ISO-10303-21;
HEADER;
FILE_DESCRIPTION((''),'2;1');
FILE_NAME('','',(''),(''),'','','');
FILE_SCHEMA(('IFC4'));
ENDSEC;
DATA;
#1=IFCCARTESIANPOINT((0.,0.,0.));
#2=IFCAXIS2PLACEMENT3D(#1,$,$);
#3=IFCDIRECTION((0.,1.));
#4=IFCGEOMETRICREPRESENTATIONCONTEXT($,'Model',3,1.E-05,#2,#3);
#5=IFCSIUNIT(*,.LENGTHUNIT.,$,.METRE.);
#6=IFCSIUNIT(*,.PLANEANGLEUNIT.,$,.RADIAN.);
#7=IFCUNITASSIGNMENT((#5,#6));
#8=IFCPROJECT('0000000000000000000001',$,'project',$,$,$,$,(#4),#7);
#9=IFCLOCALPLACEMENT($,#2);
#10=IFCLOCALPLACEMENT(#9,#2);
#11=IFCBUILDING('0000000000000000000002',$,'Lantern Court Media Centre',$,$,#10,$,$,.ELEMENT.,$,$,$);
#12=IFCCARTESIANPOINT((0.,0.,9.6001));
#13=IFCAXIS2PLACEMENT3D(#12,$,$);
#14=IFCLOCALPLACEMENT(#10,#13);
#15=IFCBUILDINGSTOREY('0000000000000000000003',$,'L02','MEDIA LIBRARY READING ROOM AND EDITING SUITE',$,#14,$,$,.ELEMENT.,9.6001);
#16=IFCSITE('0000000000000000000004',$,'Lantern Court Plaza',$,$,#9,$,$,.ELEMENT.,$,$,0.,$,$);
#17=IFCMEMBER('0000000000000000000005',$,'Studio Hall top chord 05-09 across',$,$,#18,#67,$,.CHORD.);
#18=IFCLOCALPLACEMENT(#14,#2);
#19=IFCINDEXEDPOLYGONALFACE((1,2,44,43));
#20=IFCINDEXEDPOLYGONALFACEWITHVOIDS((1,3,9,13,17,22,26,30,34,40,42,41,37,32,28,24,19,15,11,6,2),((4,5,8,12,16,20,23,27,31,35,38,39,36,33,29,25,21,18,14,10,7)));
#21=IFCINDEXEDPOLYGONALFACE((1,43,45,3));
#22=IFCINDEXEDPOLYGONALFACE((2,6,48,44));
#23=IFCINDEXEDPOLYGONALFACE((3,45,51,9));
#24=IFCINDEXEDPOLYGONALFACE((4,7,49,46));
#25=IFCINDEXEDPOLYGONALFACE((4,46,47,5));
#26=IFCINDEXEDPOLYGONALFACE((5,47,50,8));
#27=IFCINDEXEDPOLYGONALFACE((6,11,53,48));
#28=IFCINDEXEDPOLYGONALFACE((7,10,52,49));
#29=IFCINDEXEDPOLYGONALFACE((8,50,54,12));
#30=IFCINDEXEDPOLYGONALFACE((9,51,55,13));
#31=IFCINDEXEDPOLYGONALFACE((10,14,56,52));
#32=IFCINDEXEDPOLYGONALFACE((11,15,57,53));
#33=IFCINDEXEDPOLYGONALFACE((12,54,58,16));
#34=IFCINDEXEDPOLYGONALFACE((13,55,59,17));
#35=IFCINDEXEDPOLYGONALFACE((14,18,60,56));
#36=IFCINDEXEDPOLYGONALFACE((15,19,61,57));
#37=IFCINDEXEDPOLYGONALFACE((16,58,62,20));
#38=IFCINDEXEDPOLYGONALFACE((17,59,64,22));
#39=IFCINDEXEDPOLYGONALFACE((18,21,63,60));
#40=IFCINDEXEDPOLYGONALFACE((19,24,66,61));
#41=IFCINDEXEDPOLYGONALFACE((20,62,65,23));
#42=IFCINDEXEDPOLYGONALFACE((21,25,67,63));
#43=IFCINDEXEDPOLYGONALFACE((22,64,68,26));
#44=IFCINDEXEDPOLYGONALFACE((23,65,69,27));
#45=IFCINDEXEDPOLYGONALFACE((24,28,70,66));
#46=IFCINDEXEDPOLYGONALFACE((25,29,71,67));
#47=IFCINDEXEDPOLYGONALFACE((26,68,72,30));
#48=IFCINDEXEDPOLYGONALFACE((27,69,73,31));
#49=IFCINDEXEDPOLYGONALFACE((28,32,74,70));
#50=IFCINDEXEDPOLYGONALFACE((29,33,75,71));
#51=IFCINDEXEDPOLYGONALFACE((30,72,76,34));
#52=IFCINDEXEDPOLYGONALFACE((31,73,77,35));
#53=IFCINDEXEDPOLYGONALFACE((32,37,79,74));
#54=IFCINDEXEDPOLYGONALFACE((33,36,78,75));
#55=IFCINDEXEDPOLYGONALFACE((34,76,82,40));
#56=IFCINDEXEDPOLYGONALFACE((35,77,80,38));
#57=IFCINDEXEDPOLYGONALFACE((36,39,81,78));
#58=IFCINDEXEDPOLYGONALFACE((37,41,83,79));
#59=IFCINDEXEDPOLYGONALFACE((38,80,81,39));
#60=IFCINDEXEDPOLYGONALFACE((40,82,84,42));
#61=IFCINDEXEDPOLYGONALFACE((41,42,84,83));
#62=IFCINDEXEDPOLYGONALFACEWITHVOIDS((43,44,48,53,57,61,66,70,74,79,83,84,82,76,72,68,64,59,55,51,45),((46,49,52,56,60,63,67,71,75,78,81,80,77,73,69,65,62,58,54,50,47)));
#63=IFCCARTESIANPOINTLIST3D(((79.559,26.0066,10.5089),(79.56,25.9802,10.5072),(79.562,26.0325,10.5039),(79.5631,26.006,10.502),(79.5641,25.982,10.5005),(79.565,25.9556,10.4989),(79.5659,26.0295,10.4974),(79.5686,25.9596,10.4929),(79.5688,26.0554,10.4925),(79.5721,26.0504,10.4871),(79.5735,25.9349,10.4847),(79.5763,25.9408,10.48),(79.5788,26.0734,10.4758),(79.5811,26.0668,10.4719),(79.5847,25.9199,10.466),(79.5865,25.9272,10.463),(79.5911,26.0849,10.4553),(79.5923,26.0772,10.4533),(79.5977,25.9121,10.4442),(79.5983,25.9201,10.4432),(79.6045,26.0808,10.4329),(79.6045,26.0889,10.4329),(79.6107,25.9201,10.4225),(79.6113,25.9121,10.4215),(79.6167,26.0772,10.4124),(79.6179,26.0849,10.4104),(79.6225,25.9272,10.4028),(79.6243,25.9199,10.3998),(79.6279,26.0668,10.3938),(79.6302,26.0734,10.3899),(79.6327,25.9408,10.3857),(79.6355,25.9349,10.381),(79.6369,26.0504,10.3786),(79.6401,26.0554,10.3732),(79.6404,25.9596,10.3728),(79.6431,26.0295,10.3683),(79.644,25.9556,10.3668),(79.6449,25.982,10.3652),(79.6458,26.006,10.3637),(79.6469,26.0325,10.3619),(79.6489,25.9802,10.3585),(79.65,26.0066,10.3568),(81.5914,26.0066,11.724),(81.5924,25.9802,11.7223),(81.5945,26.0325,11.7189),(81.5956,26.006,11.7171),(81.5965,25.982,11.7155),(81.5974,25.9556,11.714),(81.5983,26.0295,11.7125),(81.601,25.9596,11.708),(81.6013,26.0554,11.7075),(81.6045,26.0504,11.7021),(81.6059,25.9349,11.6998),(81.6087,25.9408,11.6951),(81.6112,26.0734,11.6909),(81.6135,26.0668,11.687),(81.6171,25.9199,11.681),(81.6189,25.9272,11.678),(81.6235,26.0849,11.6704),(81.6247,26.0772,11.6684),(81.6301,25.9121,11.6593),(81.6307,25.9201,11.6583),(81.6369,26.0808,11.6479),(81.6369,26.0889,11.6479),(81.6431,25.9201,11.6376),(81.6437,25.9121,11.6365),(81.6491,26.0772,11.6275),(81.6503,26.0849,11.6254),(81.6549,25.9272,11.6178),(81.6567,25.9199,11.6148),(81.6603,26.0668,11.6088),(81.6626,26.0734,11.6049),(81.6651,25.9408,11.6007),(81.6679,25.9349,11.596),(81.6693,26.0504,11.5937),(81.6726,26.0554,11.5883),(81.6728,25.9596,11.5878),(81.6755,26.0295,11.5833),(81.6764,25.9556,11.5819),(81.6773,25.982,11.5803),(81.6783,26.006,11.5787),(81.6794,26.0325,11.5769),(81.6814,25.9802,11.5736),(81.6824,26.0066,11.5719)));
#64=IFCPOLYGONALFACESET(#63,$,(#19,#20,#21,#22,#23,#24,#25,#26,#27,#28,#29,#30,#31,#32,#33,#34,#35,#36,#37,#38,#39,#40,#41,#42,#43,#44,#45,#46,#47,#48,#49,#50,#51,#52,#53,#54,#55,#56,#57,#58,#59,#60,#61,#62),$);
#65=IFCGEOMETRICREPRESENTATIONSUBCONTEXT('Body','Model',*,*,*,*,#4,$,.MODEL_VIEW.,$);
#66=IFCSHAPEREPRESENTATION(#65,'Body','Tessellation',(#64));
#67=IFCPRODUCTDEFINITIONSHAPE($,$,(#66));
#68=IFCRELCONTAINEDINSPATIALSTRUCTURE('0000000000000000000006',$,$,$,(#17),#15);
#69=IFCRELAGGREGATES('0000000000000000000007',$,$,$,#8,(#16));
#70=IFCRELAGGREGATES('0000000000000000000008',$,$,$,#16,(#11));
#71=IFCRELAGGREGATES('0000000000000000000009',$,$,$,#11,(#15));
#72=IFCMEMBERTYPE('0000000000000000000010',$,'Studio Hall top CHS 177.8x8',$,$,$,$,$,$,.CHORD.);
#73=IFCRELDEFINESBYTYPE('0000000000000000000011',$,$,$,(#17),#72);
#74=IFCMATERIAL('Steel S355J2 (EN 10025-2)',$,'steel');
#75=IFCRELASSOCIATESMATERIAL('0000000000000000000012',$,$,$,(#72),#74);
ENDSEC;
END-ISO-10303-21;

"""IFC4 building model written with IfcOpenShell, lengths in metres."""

from ifc_helpers import new_model, si_unit, direction, frame, origin, origin_2d, place, context, subcontext, project, spatial, hollow_circle, extrude, material, material_profile, profile_set, type_object, element, save


model = new_model("IFC4")

# Units and contexts
model_context = context("Model", 3, precision=1e-05, world=origin(), true_north=direction((0.0, 1.0)))
body_context = subcontext(model_context, "Body", "Model", "MODEL_VIEW")
ifc_project = project(units=[si_unit("LENGTHUNIT", "METRE"), si_unit("PLANEANGLEUNIT", "RADIAN")], contexts=[model_context])

# Site, building, storey
site_placement = place(None, origin())
site = spatial("IfcSite", under=ifc_project, at=site_placement, Name="Lantern Court Plaza", CompositionType="ELEMENT", RefElevation=0.0)
building_placement = place(site_placement, origin())
building = spatial("IfcBuilding", under=site, at=building_placement, Name="Lantern Court Media Centre", CompositionType="ELEMENT")
storey_placement = place(building_placement, frame((0.0, 0.0, 9.6001)))
storey = spatial("IfcBuildingStorey", under=building, at=storey_placement, Name="L02", Description="MEDIA LIBRARY READING ROOM AND EDITING SUITE", CompositionType="ELEMENT", Elevation=9.6001)

# Member
ifc_material = material(Name="Steel S355J2 (EN 10025-2)", Category="steel")
ifc_material_profile_1 = material_profile(ifc_material, hollow_circle(Radius=0.0889, WallThickness=0.0081, at=origin_2d()), Name="Studio Hall top CHS 177.8x8")
ifc_profile_set_1 = profile_set([ifc_material_profile_1], Name="Steel S355J2 (EN 10025-2)")
member_type_1 = type_object("IfcMemberType", Name="Studio Hall top CHS 177.8x8", PredefinedType="CHORD", material=ifc_profile_set_1)
for number, where, z_axis, x_axis, name in (
    (1, (79.6045, 26.0, 10.4329), (0.858311, 0.0, 0.513131), (0.0, 1.0, 0.0), "Studio Hall top chord 05-09 across"),
):
    element("IfcMember", number, at=place(storey_placement, frame(where, z_axis=z_axis, x_axis=x_axis)), inside=storey, type_object=member_type_1, Name=name, PredefinedType="CHORD", context=body_context, shape_type="SweptSolid", body=[
        extrude(hollow_circle(Radius=0.0889, WallThickness=0.0081, at=origin_2d()), origin(), (0.0, 0.0, 1.0), 2.3679),
    ])

save(model, "model.ifc")
